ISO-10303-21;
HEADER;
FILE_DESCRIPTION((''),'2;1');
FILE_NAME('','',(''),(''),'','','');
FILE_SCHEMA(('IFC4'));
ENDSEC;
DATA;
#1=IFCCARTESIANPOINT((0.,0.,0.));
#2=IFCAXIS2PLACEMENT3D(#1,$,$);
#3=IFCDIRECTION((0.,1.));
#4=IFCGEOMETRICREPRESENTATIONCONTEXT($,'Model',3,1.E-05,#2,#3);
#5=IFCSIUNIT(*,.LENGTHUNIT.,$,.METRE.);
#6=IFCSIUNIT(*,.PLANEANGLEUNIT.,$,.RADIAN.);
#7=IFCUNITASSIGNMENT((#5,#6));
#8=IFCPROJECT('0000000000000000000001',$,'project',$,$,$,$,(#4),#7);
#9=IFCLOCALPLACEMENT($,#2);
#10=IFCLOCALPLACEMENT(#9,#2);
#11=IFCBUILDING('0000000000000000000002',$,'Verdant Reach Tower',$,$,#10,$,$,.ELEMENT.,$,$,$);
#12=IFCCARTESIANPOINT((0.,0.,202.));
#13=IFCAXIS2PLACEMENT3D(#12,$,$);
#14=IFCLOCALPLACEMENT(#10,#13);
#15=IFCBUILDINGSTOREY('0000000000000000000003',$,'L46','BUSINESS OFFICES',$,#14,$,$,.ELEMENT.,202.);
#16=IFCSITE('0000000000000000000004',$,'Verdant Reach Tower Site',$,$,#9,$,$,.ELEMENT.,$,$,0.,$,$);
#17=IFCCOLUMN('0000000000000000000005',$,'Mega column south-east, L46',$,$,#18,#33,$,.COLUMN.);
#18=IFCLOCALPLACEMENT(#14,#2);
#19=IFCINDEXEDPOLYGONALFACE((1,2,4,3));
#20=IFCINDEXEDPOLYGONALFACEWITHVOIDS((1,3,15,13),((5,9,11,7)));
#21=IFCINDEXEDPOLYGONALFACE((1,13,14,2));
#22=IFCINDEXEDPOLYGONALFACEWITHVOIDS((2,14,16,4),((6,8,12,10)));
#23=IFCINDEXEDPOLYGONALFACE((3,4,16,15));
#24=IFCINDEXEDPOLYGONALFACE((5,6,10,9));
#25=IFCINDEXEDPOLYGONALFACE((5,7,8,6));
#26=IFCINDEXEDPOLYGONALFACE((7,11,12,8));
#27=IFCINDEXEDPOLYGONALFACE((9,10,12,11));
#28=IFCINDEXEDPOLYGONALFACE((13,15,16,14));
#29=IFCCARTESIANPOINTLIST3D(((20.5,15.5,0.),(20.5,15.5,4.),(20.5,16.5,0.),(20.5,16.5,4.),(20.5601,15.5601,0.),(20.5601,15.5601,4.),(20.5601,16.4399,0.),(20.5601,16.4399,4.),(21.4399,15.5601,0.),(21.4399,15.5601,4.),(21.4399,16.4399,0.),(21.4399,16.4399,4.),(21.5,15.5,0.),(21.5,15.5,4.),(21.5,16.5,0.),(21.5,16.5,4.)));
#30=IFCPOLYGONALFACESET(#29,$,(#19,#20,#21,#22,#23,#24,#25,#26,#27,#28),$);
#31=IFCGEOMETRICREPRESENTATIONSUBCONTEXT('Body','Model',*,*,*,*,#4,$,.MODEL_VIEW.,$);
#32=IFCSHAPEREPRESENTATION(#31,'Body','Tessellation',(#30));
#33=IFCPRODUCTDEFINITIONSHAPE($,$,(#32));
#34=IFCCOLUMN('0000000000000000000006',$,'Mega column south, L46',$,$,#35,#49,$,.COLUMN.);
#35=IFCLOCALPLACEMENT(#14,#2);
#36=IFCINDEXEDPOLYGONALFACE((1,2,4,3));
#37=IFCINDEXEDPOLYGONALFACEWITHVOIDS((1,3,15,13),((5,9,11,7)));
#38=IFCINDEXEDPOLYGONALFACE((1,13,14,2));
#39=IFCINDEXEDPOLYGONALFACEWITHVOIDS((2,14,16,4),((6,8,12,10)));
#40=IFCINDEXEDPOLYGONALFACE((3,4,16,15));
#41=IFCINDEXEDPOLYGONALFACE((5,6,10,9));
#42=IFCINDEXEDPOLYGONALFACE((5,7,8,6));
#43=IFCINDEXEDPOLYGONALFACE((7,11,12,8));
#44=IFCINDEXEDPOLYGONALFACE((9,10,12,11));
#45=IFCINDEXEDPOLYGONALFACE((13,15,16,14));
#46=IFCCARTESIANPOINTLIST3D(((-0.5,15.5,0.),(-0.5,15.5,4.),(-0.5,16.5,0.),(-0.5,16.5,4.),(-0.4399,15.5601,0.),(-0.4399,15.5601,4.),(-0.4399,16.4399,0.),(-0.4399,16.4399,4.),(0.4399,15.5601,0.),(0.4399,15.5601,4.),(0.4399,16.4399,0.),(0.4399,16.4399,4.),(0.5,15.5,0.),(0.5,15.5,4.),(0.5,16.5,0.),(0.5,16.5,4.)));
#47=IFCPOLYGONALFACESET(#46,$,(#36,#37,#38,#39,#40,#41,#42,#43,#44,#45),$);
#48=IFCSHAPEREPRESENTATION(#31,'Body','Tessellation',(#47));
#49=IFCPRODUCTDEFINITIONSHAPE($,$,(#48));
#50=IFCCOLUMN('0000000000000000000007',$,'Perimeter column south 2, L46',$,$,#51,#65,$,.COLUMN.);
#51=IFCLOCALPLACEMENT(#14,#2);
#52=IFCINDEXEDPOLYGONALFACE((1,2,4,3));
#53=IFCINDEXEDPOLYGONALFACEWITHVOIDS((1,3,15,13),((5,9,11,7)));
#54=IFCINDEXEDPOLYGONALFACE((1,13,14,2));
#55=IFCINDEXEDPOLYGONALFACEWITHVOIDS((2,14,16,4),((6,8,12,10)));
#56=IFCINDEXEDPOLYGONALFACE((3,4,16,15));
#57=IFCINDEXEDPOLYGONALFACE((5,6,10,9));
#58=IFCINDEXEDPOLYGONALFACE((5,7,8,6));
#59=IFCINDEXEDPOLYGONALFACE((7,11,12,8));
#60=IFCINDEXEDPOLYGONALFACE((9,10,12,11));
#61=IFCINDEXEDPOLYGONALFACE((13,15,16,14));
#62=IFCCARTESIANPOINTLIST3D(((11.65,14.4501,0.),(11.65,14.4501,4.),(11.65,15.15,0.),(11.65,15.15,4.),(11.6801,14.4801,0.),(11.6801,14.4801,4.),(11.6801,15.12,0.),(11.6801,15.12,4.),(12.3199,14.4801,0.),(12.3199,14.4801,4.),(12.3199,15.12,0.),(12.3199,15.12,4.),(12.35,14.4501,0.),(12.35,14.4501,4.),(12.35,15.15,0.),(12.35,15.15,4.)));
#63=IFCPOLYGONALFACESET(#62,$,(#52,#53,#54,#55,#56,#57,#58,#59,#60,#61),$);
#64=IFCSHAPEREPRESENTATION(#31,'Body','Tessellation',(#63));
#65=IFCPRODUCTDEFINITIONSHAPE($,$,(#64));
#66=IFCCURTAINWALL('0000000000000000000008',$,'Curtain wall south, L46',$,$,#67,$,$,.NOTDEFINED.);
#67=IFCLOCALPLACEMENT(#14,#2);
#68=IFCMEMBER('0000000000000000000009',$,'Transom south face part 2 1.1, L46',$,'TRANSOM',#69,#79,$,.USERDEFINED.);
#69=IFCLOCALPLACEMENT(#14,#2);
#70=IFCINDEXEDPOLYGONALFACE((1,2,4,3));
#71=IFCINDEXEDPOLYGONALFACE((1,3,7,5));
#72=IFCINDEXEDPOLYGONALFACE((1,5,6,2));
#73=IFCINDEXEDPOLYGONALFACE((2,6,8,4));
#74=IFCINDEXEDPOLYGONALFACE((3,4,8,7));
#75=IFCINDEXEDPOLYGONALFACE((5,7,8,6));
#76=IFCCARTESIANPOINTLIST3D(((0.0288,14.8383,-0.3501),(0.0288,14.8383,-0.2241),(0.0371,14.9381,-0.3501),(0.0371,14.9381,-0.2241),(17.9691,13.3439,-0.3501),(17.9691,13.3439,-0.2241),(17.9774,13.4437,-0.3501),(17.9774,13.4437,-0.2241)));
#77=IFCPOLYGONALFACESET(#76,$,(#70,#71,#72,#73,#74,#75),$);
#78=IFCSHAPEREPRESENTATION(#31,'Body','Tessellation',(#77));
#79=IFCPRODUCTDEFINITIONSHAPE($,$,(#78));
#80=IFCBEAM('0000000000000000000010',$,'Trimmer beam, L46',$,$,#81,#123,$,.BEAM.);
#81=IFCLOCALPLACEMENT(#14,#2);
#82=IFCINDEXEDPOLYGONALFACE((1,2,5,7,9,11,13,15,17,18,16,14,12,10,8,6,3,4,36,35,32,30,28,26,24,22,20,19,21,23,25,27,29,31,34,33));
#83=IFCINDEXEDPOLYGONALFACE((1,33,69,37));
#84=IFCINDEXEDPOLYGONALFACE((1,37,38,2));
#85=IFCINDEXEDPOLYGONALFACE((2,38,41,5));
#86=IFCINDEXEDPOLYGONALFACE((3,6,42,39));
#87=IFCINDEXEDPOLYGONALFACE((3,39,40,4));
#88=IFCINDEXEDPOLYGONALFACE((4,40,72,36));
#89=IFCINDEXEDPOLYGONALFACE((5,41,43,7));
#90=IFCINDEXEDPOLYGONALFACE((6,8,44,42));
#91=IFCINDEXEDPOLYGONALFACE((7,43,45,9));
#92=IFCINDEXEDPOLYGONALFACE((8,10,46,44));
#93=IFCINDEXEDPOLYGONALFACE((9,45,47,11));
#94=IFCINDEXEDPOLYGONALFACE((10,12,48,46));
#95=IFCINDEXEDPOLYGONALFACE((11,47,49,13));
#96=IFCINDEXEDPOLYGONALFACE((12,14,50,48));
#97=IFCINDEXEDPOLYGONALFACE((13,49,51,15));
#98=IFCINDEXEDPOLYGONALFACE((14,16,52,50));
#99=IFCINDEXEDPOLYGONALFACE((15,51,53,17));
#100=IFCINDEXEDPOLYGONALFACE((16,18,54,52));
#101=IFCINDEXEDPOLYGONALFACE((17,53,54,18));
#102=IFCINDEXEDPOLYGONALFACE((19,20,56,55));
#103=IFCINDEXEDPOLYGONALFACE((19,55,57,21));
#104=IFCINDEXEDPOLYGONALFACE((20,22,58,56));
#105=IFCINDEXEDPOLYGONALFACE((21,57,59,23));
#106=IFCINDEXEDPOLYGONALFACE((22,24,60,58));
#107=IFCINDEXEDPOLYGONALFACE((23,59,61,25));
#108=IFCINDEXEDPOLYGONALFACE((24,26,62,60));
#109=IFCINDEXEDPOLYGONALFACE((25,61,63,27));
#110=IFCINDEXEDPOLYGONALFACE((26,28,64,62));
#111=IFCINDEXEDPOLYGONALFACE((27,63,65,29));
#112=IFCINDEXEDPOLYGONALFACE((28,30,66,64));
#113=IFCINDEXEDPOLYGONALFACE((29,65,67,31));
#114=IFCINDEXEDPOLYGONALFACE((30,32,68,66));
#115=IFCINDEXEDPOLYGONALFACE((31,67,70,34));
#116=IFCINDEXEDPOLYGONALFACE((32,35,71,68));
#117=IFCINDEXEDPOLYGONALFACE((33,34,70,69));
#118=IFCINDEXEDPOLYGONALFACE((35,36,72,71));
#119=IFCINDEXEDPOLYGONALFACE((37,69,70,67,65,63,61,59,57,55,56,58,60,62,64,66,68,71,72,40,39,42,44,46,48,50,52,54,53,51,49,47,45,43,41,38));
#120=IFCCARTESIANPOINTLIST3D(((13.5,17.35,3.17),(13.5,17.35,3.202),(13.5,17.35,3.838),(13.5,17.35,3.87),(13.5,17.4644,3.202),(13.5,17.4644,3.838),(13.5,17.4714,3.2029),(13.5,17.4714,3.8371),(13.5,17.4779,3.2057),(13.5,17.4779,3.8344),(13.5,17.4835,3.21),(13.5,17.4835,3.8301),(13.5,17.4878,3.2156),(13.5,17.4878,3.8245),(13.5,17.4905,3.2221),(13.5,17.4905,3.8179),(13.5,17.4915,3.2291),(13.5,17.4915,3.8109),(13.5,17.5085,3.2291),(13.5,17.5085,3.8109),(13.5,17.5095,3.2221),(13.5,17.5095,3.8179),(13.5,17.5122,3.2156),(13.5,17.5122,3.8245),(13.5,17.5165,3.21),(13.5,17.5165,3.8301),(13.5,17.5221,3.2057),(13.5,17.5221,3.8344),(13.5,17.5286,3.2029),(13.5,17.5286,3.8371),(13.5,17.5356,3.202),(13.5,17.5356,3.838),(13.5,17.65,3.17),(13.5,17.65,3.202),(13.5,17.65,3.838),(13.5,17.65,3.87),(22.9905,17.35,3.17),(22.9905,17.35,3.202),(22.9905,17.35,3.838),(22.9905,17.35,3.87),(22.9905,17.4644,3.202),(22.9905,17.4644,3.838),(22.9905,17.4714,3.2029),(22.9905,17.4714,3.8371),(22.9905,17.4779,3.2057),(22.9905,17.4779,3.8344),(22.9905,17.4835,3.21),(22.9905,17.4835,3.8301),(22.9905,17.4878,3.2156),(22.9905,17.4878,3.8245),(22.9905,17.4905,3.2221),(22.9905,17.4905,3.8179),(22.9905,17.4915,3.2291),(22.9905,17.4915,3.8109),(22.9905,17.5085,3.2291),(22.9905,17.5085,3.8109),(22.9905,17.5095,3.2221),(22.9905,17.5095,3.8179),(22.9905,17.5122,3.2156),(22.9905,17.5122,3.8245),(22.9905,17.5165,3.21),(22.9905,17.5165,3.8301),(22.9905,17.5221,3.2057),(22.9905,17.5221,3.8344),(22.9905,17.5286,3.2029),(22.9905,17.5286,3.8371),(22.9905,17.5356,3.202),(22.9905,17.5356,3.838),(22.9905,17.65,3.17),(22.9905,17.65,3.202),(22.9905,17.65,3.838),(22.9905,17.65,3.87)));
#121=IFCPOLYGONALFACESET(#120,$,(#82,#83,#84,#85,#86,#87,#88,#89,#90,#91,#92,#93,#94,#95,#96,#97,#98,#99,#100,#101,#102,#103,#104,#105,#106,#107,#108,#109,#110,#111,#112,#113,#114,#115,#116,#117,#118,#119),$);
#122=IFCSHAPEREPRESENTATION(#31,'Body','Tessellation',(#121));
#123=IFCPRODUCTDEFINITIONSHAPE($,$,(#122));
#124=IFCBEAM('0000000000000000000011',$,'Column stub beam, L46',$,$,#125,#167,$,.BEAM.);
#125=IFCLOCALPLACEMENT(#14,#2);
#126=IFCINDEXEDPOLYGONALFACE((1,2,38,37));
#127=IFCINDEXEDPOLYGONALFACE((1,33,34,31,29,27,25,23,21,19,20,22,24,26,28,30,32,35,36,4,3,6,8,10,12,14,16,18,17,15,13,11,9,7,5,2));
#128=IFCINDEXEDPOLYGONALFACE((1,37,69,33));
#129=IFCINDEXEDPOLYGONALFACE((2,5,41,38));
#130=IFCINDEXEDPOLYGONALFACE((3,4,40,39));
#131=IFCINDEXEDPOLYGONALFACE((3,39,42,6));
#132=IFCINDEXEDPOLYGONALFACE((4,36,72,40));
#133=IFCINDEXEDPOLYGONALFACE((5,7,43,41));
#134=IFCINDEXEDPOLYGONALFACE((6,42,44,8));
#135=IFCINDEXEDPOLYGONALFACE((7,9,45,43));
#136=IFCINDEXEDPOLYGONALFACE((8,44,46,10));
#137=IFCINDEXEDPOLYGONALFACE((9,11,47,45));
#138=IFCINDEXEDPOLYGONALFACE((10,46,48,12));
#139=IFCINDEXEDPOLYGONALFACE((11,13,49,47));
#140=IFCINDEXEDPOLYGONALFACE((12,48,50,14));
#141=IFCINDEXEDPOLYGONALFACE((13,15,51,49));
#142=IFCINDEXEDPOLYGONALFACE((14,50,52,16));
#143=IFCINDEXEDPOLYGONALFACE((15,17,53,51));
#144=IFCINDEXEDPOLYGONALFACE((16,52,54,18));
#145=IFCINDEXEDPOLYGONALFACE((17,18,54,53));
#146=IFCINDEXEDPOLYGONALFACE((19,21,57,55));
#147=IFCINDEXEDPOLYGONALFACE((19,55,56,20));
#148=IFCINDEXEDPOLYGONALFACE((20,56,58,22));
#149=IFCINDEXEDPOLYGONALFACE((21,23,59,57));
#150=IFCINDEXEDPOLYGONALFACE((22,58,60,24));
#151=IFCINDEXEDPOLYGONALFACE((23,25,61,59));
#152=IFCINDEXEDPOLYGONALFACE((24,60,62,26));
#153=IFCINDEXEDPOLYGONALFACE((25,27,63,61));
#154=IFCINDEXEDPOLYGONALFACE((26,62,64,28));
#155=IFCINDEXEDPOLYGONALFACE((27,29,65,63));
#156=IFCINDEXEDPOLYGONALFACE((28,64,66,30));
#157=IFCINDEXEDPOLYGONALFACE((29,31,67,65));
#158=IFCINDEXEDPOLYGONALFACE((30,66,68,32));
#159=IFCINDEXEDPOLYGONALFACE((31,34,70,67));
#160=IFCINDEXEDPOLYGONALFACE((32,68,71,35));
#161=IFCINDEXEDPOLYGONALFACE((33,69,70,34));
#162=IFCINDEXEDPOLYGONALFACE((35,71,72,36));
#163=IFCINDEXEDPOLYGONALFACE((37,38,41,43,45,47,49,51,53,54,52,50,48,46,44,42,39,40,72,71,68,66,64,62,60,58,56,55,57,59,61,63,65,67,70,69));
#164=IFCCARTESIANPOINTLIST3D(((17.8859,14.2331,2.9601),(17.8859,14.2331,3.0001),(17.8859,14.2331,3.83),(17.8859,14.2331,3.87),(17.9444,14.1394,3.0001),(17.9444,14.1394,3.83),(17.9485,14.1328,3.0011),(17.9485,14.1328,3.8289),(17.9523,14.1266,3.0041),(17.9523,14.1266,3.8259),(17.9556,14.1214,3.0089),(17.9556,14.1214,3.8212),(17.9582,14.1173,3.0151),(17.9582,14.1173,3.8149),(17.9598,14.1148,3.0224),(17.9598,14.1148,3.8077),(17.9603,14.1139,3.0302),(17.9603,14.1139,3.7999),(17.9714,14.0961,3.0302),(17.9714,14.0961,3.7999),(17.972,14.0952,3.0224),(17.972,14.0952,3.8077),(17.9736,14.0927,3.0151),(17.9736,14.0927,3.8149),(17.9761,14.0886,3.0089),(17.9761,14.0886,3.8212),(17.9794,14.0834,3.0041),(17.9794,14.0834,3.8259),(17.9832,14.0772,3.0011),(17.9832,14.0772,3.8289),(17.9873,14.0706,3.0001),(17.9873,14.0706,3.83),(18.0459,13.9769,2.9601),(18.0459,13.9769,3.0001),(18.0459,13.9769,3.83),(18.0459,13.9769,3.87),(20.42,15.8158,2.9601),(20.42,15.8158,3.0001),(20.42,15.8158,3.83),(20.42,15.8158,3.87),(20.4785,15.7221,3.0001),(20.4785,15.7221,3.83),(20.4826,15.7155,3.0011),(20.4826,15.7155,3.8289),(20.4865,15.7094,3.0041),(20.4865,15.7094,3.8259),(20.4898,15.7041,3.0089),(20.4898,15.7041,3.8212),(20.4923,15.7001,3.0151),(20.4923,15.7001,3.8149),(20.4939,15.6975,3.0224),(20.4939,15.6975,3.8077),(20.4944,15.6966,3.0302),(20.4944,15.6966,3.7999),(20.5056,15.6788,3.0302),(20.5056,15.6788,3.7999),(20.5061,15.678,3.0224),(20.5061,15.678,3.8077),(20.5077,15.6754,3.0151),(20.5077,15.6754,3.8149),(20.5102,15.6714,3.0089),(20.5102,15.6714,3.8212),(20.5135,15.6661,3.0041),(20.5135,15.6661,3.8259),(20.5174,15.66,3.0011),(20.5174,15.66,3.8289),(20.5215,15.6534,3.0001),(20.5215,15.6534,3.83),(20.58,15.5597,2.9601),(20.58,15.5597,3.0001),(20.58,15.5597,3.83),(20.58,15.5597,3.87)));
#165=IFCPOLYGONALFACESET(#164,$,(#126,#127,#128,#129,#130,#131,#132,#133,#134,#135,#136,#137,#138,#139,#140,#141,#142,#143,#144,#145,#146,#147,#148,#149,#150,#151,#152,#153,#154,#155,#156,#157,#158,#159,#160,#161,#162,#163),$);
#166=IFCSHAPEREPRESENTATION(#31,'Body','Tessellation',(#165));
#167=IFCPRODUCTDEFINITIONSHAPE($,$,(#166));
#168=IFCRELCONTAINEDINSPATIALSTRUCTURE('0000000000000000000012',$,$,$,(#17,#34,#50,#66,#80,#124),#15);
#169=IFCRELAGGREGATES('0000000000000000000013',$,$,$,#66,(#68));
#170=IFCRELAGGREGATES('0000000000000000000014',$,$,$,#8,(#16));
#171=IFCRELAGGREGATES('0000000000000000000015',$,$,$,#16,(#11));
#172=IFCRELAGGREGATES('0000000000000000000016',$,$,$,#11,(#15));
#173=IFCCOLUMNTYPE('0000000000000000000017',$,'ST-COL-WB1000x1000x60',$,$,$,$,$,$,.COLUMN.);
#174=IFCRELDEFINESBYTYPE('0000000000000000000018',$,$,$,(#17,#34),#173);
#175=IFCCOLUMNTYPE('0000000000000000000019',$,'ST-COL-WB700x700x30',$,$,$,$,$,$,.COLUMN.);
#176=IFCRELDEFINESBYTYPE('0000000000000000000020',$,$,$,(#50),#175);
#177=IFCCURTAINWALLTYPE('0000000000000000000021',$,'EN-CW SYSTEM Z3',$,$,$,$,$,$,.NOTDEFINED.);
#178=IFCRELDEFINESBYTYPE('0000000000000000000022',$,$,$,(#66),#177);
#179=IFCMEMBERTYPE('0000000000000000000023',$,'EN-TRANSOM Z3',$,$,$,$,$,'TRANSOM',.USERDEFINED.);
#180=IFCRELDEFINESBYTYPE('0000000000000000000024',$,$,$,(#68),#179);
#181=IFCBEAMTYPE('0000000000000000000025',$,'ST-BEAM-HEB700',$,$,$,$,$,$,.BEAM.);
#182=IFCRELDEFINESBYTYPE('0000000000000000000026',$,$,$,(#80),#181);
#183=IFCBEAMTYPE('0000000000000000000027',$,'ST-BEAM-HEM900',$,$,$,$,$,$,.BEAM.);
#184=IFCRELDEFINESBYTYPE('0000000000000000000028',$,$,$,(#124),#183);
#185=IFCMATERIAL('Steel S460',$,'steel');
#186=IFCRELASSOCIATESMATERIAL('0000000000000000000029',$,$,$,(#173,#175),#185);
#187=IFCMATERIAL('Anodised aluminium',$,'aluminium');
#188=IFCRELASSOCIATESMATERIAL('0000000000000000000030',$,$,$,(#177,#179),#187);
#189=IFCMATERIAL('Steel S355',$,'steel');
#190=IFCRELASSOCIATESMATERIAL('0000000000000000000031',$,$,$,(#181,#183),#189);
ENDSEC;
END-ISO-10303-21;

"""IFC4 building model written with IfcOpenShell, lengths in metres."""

from ifc_helpers import new_model, si_unit, direction, frame, origin, origin_2d, place, context, subcontext, project, spatial, rectangle, hollow_rectangle, i_section, extrude, material, material_profile, profile_set, type_object, element, aggregate, save


model = new_model("IFC4")

# Units and contexts
model_context = context("Model", 3, precision=1e-05, world=origin(), true_north=direction((0.0, 1.0)))
body_context = subcontext(model_context, "Body", "Model", "MODEL_VIEW")
ifc_project = project(units=[si_unit("LENGTHUNIT", "METRE"), si_unit("PLANEANGLEUNIT", "RADIAN")], contexts=[model_context])

# Site, building, storey
site_placement = place(None, origin())
site = spatial("IfcSite", under=ifc_project, at=site_placement, Name="Verdant Reach Tower Site", CompositionType="ELEMENT", RefElevation=0.0)
building_placement = place(site_placement, origin())
building = spatial("IfcBuilding", under=site, at=building_placement, Name="Verdant Reach Tower", CompositionType="ELEMENT")
storey_placement = place(building_placement, frame((0.0, 0.0, 202.0)))
storey = spatial("IfcBuildingStorey", under=building, at=storey_placement, Name="L46", Description="BUSINESS OFFICES", CompositionType="ELEMENT", Elevation=202.0)

# Columns
ifc_material_1 = material(Name="Steel S460", Category="steel")
ifc_material_profile_1 = material_profile(ifc_material_1, hollow_rectangle(XDim=1.0, YDim=1.0, WallThickness=0.0601, at=origin_2d()), Name="WB 1000x1000x60")
ifc_profile_set_1 = profile_set([ifc_material_profile_1], Name="Steel S460")
column_type_1 = type_object("IfcColumnType", Name="ST-COL-WB1000x1000x60", PredefinedType="COLUMN", material=ifc_profile_set_1)
for number, where, z_axis, x_axis, name in (
    (1, (21.0, 16.0, 0.0), (0.0, 0.0, 1.0), (1.0, 0.0, 0.0), "Mega column south-east, L46"),
    (2, (0.0, 16.0, 0.0), (0.0, 0.0, 1.0), (1.0, 0.0, 0.0), "Mega column south, L46"),
):
    element("IfcColumn", number, at=place(storey_placement, frame(where, z_axis=z_axis, x_axis=x_axis)), inside=storey, type_object=column_type_1, Name=name, PredefinedType="COLUMN", context=body_context, shape_type="SweptSolid", body=[
        extrude(hollow_rectangle(XDim=1.0, YDim=1.0, WallThickness=0.0601, at=origin_2d()), origin(), (0.0, 0.0, 1.0), 4.0),
    ])
ifc_material_profile_2 = material_profile(ifc_material_1, hollow_rectangle(XDim=0.7, YDim=0.7, WallThickness=0.03, at=origin_2d()), Name="WB 700x700x30")
ifc_profile_set_2 = profile_set([ifc_material_profile_2], Name="Steel S460")
column_type_2 = type_object("IfcColumnType", Name="ST-COL-WB700x700x30", PredefinedType="COLUMN", material=ifc_profile_set_2)
column_placement = place(storey_placement, frame((12.0, 14.8, 0.0), z_axis=(0.0, 0.0, 1.0), x_axis=(1.0, 0.0, 0.0)))
element("IfcColumn", 3, at=column_placement, inside=storey, type_object=column_type_2, Name="Perimeter column south 2, L46", PredefinedType="COLUMN", context=body_context, shape_type="SweptSolid", body=[
    extrude(hollow_rectangle(XDim=0.7, YDim=0.7, WallThickness=0.03, at=origin_2d()), origin(), (0.0, 0.0, 1.0), 4.0),
])

# Curtain wall, member
ifc_material_2 = material(Name="Anodised aluminium", Category="aluminium")
curtain_wall_type = type_object("IfcCurtainWallType", Name="EN-CW SYSTEM Z3", PredefinedType="NOTDEFINED", material=ifc_material_2)
curtain_wall_1_placement = place(storey_placement, origin())
curtain_wall_1 = element("IfcCurtainWall", 4, at=curtain_wall_1_placement, inside=storey, type_object=curtain_wall_type, Name="Curtain wall south, L46", PredefinedType="NOTDEFINED")
ifc_material_profile_3 = material_profile(ifc_material_2, rectangle(XDim=0.1001, YDim=0.126, at=origin_2d()), Name="Transom 126x100")
ifc_profile_set_3 = profile_set([ifc_material_profile_3], Name="Anodised aluminium")
member_type = type_object("IfcMemberType", Name="EN-TRANSOM Z3", ElementType="TRANSOM", PredefinedType="USERDEFINED", material=ifc_profile_set_3)
member_placement = place(storey_placement, frame((0.033, 14.8882, -0.2871), z_axis=(0.996549, -0.08301, 0.0), x_axis=(0.08301, 0.996549, 0.0)))
member = element("IfcMember", 5, at=member_placement, type_object=member_type, Name="Transom south face part 2 1.1, L46", ObjectType="TRANSOM", PredefinedType="USERDEFINED", context=body_context, shape_type="SweptSolid", body=[
    extrude(rectangle(XDim=0.1001, YDim=0.126, at=origin_2d()), origin(), (0.0, 0.0, 1.0), 18.0024),
])

# Beams
ifc_material_3 = material(Name="Steel S355", Category="steel")
ifc_material_profile_4 = material_profile(ifc_material_3, i_section(OverallWidth=0.3, OverallDepth=0.7, WebThickness=0.0171, FlangeThickness=0.032, FilletRadius=0.0271, at=origin_2d()), Name="HEB 700")
ifc_profile_set_4 = profile_set([ifc_material_profile_4], Name="Steel S355")
beam_type_1 = type_object("IfcBeamType", Name="ST-BEAM-HEB700", PredefinedType="BEAM", material=ifc_profile_set_4)
beam_1_placement = place(storey_placement, frame((13.5, 17.5, 3.52), z_axis=(1.0, 0.0, 0.0), x_axis=(0.0, 1.0, 0.0)))
element("IfcBeam", 6, at=beam_1_placement, inside=storey, type_object=beam_type_1, Name="Trimmer beam, L46", PredefinedType="BEAM", context=body_context, shape_type="SweptSolid", body=[
    extrude(i_section(OverallWidth=0.3, OverallDepth=0.7, WebThickness=0.0171, FlangeThickness=0.032, FilletRadius=0.0271, at=origin_2d()), origin(), (0.0, 0.0, 1.0), 9.4905),
])
ifc_material_profile_5 = material_profile(ifc_material_3, i_section(OverallWidth=0.302, OverallDepth=0.9099, WebThickness=0.021, FlangeThickness=0.04, FilletRadius=0.03, at=origin_2d()), Name="HEM 900")
ifc_profile_set_5 = profile_set([ifc_material_profile_5], Name="Steel S355")
beam_type_2 = type_object("IfcBeamType", Name="ST-BEAM-HEM900", PredefinedType="BEAM", material=ifc_profile_set_5)
beam_2_placement = place(storey_placement, frame((20.5, 15.6877, 3.415), z_axis=(-0.848164, -0.529735, 0.0), x_axis=(0.529735, -0.848164, 0.0)))
element("IfcBeam", 7, at=beam_2_placement, inside=storey, type_object=beam_type_2, Name="Column stub beam, L46", PredefinedType="BEAM", context=body_context, shape_type="SweptSolid", body=[
    extrude(i_section(OverallWidth=0.302, OverallDepth=0.9099, WebThickness=0.021, FlangeThickness=0.04, FilletRadius=0.03, at=origin_2d()), origin(), (0.0, 0.0, 1.0), 2.9878),
])

aggregate(curtain_wall_1, [member])

save(model, "model.ifc")
